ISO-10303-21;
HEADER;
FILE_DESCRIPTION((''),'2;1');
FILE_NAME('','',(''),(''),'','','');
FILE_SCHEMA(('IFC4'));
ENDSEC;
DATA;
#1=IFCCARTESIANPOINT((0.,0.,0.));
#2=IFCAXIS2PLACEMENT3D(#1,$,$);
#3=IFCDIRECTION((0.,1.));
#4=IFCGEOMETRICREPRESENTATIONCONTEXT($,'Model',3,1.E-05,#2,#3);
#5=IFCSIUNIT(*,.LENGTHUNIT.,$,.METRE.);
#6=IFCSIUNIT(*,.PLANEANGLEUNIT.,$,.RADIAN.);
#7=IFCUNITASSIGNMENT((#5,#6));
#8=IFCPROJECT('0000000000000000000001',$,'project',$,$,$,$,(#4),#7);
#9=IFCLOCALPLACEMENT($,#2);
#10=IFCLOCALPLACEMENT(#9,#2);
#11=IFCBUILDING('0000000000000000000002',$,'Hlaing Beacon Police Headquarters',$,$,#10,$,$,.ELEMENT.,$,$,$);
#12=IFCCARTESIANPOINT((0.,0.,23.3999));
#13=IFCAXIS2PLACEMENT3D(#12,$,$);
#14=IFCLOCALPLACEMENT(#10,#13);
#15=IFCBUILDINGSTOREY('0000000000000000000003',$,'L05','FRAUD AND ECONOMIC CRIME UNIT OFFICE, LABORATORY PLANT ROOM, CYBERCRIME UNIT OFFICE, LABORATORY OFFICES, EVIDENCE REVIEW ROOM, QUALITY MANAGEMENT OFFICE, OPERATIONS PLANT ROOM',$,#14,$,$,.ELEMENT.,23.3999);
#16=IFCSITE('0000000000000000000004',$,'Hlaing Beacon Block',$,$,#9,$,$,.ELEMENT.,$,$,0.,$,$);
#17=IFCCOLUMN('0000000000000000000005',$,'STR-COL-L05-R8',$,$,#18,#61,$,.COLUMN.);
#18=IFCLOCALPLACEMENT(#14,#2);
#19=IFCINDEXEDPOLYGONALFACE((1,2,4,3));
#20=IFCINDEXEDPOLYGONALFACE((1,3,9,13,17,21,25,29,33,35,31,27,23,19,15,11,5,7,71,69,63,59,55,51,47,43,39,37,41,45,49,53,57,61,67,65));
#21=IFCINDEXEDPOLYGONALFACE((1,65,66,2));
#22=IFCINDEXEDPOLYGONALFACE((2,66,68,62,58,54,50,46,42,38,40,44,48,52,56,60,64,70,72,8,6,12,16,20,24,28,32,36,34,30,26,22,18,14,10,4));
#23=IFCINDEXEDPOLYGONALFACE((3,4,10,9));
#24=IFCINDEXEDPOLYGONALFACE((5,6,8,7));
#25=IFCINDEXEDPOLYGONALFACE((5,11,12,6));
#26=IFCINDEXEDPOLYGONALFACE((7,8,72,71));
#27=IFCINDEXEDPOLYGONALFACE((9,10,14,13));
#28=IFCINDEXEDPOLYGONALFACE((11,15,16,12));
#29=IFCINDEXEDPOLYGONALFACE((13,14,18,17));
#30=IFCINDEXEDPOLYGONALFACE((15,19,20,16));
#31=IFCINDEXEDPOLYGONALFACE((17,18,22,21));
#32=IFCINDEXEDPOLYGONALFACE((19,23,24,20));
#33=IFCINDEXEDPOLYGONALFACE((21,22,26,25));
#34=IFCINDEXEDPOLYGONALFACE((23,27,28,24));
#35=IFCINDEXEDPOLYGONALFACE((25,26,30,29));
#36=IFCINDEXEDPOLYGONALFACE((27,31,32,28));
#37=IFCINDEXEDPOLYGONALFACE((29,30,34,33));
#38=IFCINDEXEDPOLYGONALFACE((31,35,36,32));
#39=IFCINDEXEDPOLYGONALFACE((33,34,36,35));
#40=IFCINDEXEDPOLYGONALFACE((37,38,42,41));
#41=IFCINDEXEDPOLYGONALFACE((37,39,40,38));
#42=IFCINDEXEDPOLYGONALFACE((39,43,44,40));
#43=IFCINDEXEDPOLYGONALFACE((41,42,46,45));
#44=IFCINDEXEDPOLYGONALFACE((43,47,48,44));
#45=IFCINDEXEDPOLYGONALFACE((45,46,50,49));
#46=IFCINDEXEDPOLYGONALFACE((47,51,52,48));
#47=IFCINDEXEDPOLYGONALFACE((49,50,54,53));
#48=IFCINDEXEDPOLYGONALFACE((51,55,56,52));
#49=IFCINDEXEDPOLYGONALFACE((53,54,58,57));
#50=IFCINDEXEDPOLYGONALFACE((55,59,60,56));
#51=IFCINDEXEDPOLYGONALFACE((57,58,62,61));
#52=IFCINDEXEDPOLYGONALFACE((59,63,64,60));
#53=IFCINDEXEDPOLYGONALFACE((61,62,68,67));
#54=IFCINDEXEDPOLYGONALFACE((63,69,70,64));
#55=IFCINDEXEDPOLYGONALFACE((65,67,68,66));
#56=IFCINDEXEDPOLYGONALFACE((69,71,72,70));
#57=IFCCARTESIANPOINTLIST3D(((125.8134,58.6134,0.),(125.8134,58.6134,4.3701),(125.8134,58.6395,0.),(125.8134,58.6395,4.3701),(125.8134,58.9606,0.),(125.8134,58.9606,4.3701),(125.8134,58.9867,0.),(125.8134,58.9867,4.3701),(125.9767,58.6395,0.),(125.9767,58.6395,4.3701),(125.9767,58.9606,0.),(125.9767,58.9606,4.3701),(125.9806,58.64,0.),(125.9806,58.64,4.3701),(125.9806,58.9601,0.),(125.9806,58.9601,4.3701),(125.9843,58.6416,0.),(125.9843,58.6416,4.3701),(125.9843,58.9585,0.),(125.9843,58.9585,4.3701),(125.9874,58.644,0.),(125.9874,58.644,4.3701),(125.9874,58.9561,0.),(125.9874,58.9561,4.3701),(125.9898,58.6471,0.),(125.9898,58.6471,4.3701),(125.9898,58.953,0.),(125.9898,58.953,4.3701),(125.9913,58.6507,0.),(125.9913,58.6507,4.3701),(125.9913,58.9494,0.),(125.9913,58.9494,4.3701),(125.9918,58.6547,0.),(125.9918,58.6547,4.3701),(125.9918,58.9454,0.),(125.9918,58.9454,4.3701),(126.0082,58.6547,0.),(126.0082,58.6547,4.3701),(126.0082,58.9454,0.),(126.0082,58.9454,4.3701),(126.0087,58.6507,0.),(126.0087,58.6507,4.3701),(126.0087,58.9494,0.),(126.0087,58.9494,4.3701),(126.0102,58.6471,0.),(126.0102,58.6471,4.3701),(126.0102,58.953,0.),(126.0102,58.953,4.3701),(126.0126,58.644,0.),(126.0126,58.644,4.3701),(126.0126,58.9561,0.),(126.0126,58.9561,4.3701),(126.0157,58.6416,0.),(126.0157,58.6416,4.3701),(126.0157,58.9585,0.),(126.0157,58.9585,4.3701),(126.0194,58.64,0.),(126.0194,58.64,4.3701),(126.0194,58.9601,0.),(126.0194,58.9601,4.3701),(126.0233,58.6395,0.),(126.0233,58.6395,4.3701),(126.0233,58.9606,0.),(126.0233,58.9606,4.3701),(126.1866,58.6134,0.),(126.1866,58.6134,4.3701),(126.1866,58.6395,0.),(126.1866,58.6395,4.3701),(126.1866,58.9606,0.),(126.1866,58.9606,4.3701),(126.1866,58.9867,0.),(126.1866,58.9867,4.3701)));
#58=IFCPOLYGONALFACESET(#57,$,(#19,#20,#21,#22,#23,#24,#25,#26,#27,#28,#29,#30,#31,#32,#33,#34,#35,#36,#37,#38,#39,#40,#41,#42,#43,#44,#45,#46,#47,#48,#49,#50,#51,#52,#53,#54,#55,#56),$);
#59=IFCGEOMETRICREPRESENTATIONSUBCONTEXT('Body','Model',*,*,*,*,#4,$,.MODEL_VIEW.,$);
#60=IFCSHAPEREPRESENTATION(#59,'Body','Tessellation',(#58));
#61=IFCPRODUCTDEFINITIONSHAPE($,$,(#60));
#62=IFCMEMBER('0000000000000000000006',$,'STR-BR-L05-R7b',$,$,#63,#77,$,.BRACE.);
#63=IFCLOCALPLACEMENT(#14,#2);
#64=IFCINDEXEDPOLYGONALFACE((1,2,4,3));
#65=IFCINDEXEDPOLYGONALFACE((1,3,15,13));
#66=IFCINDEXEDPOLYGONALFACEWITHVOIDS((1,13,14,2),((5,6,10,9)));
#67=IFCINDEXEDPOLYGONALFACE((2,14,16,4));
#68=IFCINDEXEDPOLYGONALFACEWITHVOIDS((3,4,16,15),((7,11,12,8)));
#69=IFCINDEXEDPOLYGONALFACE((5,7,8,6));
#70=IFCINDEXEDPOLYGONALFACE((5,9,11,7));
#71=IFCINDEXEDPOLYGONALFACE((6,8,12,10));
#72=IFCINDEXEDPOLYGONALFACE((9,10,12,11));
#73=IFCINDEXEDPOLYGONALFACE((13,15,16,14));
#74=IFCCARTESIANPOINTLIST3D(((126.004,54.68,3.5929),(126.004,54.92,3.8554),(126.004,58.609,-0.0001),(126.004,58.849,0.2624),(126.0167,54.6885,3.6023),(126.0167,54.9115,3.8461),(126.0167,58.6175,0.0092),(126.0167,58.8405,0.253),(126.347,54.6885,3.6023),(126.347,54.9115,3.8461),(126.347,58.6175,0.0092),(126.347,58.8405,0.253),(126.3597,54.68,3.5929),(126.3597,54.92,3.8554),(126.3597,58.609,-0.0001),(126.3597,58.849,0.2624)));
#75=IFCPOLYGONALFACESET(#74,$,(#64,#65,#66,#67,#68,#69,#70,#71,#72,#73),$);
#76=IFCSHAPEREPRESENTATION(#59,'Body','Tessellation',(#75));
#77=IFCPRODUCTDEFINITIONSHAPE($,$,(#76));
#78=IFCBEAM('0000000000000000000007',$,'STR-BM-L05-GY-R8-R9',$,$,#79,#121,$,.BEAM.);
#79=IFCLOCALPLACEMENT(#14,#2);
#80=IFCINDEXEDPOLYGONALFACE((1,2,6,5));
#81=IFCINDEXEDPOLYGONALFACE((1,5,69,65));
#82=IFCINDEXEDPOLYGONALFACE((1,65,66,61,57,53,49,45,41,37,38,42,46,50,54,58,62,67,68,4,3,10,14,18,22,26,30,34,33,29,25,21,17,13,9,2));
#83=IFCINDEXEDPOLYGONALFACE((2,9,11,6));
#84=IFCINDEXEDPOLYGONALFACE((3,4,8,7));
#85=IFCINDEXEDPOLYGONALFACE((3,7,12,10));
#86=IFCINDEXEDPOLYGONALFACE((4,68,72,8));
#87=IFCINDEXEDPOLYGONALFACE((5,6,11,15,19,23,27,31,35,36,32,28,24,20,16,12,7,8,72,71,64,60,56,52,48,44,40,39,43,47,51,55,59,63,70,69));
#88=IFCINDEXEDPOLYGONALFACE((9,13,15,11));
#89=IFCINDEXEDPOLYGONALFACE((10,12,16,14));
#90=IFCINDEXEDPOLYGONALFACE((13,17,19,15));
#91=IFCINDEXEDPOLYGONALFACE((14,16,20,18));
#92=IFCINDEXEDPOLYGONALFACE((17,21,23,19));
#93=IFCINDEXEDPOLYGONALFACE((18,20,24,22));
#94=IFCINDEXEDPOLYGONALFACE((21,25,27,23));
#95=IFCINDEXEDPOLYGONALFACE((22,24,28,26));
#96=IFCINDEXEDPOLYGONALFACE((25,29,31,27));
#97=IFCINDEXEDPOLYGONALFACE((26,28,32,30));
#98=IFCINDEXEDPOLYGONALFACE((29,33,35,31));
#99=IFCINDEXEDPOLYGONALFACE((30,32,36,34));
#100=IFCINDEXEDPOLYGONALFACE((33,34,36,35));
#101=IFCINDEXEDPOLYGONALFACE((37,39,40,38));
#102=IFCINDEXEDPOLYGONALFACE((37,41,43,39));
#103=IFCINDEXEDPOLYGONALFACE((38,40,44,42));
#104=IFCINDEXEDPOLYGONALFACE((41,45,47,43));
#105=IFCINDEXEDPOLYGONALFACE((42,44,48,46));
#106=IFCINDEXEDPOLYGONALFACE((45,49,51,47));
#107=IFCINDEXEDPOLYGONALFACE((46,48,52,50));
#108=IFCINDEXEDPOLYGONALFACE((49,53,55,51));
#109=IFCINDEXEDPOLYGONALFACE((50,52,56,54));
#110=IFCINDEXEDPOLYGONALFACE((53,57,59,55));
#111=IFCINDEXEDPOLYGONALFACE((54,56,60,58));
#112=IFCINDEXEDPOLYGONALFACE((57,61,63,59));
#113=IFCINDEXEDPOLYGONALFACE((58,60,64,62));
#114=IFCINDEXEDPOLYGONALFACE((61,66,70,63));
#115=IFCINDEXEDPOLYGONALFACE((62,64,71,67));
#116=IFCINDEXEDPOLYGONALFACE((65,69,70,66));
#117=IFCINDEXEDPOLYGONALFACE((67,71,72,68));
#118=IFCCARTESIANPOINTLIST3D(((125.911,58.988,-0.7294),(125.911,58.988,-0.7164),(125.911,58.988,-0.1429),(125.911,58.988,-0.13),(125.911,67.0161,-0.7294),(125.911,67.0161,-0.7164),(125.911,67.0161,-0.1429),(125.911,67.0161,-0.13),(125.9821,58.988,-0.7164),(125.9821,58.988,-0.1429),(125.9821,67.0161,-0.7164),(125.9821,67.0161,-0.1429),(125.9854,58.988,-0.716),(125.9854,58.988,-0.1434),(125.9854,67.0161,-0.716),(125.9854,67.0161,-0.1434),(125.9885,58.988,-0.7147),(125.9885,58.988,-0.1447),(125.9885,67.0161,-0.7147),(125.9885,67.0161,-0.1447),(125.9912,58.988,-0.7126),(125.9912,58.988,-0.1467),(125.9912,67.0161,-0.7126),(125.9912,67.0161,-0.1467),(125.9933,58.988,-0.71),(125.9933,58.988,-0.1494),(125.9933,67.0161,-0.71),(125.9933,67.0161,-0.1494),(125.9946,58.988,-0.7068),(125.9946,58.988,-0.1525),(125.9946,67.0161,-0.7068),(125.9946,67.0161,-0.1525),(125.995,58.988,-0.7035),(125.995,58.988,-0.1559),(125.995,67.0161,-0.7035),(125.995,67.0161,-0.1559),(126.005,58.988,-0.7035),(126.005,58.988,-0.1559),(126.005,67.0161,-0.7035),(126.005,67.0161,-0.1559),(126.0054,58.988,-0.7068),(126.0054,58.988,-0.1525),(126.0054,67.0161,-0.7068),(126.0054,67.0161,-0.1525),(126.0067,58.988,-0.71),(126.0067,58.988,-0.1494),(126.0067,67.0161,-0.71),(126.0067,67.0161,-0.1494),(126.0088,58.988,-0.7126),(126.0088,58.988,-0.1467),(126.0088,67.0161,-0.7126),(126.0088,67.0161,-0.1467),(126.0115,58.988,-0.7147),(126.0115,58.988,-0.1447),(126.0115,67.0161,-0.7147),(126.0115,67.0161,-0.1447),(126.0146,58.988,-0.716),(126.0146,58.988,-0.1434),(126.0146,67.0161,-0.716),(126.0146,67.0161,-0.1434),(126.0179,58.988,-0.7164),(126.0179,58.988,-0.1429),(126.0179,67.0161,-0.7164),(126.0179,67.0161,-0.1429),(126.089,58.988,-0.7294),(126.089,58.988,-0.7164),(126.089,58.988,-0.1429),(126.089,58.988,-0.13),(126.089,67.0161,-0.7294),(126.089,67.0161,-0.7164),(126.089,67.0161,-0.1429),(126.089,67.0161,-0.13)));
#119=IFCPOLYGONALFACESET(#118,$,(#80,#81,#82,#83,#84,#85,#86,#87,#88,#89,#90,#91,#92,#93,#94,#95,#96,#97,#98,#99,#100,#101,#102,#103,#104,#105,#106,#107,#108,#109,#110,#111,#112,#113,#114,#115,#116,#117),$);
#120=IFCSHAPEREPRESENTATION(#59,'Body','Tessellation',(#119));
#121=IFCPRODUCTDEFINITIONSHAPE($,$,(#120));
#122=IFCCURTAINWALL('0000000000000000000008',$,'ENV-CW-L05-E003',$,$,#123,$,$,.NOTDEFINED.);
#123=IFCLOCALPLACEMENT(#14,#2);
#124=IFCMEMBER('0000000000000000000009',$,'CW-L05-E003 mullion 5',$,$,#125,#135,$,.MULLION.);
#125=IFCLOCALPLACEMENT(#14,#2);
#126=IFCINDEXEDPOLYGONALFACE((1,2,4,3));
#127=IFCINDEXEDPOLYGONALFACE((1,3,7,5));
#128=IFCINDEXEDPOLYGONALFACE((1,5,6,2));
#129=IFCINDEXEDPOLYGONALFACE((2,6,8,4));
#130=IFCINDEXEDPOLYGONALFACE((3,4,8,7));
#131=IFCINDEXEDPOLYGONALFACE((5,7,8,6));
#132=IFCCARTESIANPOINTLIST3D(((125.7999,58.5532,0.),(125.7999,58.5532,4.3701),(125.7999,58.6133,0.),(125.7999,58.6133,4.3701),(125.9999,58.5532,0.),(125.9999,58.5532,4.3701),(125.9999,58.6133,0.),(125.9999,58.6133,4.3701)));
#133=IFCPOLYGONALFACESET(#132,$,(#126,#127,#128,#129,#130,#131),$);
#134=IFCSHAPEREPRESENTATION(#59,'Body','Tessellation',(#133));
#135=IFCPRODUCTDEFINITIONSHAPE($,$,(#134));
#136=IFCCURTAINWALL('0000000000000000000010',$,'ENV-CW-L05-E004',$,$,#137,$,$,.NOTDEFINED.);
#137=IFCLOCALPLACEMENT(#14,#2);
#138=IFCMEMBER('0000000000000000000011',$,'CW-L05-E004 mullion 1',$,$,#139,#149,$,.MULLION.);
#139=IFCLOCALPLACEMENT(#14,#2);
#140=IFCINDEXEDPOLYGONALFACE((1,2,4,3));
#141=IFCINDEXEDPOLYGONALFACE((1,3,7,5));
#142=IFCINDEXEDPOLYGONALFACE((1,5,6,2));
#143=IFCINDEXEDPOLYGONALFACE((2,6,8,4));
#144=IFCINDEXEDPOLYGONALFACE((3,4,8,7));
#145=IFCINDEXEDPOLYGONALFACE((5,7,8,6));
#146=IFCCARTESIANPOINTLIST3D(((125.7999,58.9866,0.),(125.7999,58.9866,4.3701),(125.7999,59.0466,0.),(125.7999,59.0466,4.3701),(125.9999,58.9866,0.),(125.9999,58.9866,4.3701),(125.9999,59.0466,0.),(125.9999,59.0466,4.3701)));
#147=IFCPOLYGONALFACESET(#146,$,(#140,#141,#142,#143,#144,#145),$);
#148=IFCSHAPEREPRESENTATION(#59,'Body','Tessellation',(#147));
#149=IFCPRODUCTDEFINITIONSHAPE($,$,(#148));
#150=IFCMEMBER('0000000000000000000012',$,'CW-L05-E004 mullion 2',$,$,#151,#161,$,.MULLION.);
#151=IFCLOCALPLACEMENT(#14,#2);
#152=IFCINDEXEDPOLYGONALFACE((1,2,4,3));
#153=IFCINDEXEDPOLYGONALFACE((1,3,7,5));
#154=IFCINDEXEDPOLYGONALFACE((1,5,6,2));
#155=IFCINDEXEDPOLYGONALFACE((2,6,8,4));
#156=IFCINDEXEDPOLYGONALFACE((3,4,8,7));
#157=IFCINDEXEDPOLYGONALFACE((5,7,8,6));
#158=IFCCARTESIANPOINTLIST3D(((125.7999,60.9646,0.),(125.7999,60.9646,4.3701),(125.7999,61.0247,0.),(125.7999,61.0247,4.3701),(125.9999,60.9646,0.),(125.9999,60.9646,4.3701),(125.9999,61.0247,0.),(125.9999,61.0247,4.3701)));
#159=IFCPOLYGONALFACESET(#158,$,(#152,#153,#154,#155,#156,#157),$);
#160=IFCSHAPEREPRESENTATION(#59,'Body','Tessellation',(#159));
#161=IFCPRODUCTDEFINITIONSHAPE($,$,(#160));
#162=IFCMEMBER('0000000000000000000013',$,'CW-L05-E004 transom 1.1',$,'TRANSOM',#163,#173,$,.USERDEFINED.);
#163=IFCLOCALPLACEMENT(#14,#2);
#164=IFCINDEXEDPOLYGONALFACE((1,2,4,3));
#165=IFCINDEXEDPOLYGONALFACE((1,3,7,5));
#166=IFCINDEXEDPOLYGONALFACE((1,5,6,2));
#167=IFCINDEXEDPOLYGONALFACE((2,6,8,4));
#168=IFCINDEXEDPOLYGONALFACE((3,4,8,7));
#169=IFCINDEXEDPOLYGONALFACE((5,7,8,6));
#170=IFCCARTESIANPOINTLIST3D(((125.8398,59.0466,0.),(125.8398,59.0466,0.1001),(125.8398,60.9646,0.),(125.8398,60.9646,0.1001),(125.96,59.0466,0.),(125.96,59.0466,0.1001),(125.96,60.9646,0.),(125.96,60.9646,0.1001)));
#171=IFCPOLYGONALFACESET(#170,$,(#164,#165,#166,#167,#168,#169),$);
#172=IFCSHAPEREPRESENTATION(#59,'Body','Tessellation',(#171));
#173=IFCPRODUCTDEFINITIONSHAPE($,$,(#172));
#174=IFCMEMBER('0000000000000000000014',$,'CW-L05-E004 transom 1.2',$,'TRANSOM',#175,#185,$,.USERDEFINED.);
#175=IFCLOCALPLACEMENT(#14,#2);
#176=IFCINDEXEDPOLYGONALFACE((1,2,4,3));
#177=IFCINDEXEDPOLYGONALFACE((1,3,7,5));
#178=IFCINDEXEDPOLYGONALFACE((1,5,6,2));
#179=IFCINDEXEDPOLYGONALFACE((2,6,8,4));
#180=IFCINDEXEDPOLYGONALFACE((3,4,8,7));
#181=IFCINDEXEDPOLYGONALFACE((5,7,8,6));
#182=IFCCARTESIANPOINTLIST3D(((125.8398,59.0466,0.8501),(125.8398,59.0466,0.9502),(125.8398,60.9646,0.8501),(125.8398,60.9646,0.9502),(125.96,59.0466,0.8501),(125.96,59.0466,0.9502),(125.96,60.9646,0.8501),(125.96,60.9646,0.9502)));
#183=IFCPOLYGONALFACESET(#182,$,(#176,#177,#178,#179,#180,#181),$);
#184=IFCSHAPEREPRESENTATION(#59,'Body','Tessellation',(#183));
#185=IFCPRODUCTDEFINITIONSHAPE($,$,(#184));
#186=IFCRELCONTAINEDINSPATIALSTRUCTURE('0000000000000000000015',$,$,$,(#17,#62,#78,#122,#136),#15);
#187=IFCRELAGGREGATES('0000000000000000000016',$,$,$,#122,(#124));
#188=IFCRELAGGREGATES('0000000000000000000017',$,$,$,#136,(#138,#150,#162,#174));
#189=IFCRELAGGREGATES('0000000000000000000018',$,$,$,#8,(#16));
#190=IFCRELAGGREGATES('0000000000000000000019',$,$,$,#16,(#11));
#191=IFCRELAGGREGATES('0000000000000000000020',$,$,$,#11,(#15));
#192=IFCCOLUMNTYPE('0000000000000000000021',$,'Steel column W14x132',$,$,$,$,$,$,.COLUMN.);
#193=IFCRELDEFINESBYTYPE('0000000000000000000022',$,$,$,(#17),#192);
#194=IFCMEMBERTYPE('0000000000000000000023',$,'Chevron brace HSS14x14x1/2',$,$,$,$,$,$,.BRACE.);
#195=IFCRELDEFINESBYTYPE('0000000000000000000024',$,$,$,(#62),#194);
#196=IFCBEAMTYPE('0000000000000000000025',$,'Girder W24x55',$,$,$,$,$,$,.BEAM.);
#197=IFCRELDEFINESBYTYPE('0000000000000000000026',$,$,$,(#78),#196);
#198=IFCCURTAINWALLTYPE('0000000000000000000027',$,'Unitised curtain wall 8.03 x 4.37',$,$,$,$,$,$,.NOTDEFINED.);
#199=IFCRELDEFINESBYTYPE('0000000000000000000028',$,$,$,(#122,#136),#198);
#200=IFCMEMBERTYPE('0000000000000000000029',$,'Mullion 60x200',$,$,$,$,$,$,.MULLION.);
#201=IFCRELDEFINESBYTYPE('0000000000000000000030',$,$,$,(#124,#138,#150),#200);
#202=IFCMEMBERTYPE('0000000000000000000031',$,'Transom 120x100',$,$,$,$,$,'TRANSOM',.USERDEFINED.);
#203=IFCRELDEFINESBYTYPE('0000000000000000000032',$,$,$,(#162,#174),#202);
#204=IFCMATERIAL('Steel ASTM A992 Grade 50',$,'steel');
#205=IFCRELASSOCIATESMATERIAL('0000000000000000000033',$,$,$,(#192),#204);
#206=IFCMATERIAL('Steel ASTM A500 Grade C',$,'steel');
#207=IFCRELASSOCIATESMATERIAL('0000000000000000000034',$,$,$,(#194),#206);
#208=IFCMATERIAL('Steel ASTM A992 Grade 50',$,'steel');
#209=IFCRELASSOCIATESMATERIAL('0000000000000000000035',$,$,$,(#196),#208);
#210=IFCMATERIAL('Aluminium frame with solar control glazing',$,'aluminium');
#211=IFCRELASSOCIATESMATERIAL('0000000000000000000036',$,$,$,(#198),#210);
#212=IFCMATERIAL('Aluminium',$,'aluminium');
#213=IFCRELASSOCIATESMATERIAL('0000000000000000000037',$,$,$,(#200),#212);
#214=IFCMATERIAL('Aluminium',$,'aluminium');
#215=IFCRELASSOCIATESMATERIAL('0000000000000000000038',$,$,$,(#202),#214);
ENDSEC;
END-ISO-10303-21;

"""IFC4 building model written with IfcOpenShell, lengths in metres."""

from ifc_helpers import new_model, si_unit, direction, frame, origin, origin_2d, place, context, subcontext, project, spatial, rectangle, hollow_rectangle, i_section, extrude, material, material_profile, profile_set, type_object, element, aggregate, save


model = new_model("IFC4")

# Units and contexts
model_context = context("Model", 3, precision=1e-05, world=origin(), true_north=direction((0.0, 1.0)))
body_context = subcontext(model_context, "Body", "Model", "MODEL_VIEW")
ifc_project = project(units=[si_unit("LENGTHUNIT", "METRE"), si_unit("PLANEANGLEUNIT", "RADIAN")], contexts=[model_context])

# Site, building, storey
site_placement = place(None, origin())
site = spatial("IfcSite", under=ifc_project, at=site_placement, Name="Hlaing Beacon Block", CompositionType="ELEMENT", RefElevation=0.0)
building_placement = place(site_placement, origin())
building = spatial("IfcBuilding", under=site, at=building_placement, Name="Hlaing Beacon Police Headquarters", CompositionType="ELEMENT")
storey_placement = place(building_placement, frame((0.0, 0.0, 23.3999)))
storey = spatial("IfcBuildingStorey", under=building, at=storey_placement, Name="L05", Description="FRAUD AND ECONOMIC CRIME UNIT OFFICE, LABORATORY PLANT ROOM, CYBERCRIME UNIT OFFICE, LABORATORY OFFICES, EVIDENCE REVIEW ROOM, QUALITY MANAGEMENT OFFICE, OPERATIONS PLANT ROOM", CompositionType="ELEMENT", Elevation=23.3999)

# Column
ifc_material_1 = material(Name="Steel ASTM A992 Grade 50", Category="steel")
ifc_material_profile_1 = material_profile(ifc_material_1, i_section(OverallWidth=0.3733, OverallDepth=0.3733, WebThickness=0.0164, FlangeThickness=0.0261, FilletRadius=0.0151, at=origin_2d()), Name="W14x132")
ifc_profile_set_1 = profile_set([ifc_material_profile_1], Name="Steel ASTM A992 Grade 50")
column_type = type_object("IfcColumnType", Name="Steel column W14x132", PredefinedType="COLUMN", material=ifc_profile_set_1)
column_placement = place(storey_placement, frame((126.0, 58.8, 0.0), z_axis=(0.0, 0.0, 1.0), x_axis=(1.0, 0.0, 0.0)))
element("IfcColumn", 1, at=column_placement, inside=storey, type_object=column_type, Name="STR-COL-L05-R8", PredefinedType="COLUMN", context=body_context, shape_type="SweptSolid", body=[
    extrude(i_section(OverallWidth=0.3733, OverallDepth=0.3733, WebThickness=0.0164, FlangeThickness=0.0261, FilletRadius=0.0151, at=origin_2d()), origin(), (0.0, 0.0, 1.0), 4.3701),
])

# Member
ifc_material_2 = material(Name="Steel ASTM A500 Grade C", Category="steel")
ifc_material_profile_2 = material_profile(ifc_material_2, hollow_rectangle(XDim=0.3557, YDim=0.3557, WallThickness=0.0127, at=origin_2d()), Name="HSS14x14x1/2")
ifc_profile_set_2 = profile_set([ifc_material_profile_2], Name="Steel ASTM A500 Grade C")
member_type_1 = type_object("IfcMemberType", Name="Chevron brace HSS14x14x1/2", PredefinedType="BRACE", material=ifc_profile_set_2)
member_1_placement = place(storey_placement, frame((126.1819, 58.729, 0.1311), z_axis=(0.0, -0.737951, 0.674854), x_axis=(1.0, 0.0, 0.0)))
element("IfcMember", 2, at=member_1_placement, inside=storey, type_object=member_type_1, Name="STR-BR-L05-R7b", PredefinedType="BRACE", context=body_context, shape_type="SweptSolid", body=[
    extrude(hollow_rectangle(XDim=0.3557, YDim=0.3557, WallThickness=0.0127, at=origin_2d()), origin(), (0.0, 0.0, 1.0), 5.3242),
])

# Beam
ifc_material_3 = material(Name="Steel ASTM A992 Grade 50", Category="steel")
ifc_material_profile_3 = material_profile(ifc_material_3, i_section(OverallWidth=0.178, OverallDepth=0.5994, WebThickness=0.01, FlangeThickness=0.0129, FilletRadius=0.0129, at=origin_2d()), Name="W24x55")
ifc_profile_set_3 = profile_set([ifc_material_profile_3], Name="Steel ASTM A992 Grade 50")
beam_type = type_object("IfcBeamType", Name="Girder W24x55", PredefinedType="BEAM", material=ifc_profile_set_3)
beam_placement = place(storey_placement, frame((126.0, 58.988, -0.4297), z_axis=(0.0, 1.0, 0.0), x_axis=(-1.0, 0.0, 0.0)))
element("IfcBeam", 3, at=beam_placement, inside=storey, type_object=beam_type, Name="STR-BM-L05-GY-R8-R9", PredefinedType="BEAM", context=body_context, shape_type="SweptSolid", body=[
    extrude(i_section(OverallWidth=0.178, OverallDepth=0.5994, WebThickness=0.01, FlangeThickness=0.0129, FilletRadius=0.0129, at=origin_2d()), origin(), (0.0, 0.0, 1.0), 8.0281),
])

# Curtain wall, member
ifc_material_4 = material(Name="Aluminium frame with solar control glazing", Category="aluminium")
curtain_wall_type = type_object("IfcCurtainWallType", Name="Unitised curtain wall 8.03 x 4.37", PredefinedType="NOTDEFINED", material=ifc_material_4)
curtain_wall_1_placement = place(storey_placement, origin())
curtain_wall_1 = element("IfcCurtainWall", 4, at=curtain_wall_1_placement, inside=storey, type_object=curtain_wall_type, Name="ENV-CW-L05-E003", PredefinedType="NOTDEFINED")
ifc_material_5 = material(Name="Aluminium", Category="aluminium")
ifc_material_profile_4 = material_profile(ifc_material_5, rectangle(XDim=0.2, YDim=0.0601, at=origin_2d()), Name="Mullion 60x200")
ifc_profile_set_4 = profile_set([ifc_material_profile_4], Name="Aluminium")
member_type_2 = type_object("IfcMemberType", Name="Mullion 60x200", PredefinedType="MULLION", material=ifc_profile_set_4)
member_2_placement = place(storey_placement, frame((125.8999, 58.5833, 0.0), z_axis=(0.0, 0.0, 1.0), x_axis=(-1.0, 0.0, 0.0)))
member_2 = element("IfcMember", 5, at=member_2_placement, type_object=member_type_2, Name="CW-L05-E003 mullion 5", PredefinedType="MULLION", context=body_context, shape_type="SweptSolid", body=[
    extrude(rectangle(XDim=0.2, YDim=0.0601, at=origin_2d()), origin(), (0.0, 0.0, 1.0), 4.3701),
])

# Curtain wall, members
curtain_wall_2_placement = place(storey_placement, origin())
curtain_wall_2 = element("IfcCurtainWall", 6, at=curtain_wall_2_placement, inside=storey, type_object=curtain_wall_type, Name="ENV-CW-L05-E004", PredefinedType="NOTDEFINED")
member_3_placement = place(storey_placement, frame((125.8999, 59.0166, 0.0), z_axis=(0.0, 0.0, 1.0), x_axis=(-1.0, 0.0, 0.0)))
member_3 = element("IfcMember", 7, at=member_3_placement, type_object=member_type_2, Name="CW-L05-E004 mullion 1", PredefinedType="MULLION", context=body_context, shape_type="SweptSolid", body=[
    extrude(rectangle(XDim=0.2, YDim=0.0601, at=origin_2d()), origin(), (0.0, 0.0, 1.0), 4.3701),
])
member_4_placement = place(storey_placement, frame((125.8999, 60.9946, 0.0), z_axis=(0.0, 0.0, 1.0), x_axis=(-1.0, 0.0, 0.0)))
member_4 = element("IfcMember", 8, at=member_4_placement, type_object=member_type_2, Name="CW-L05-E004 mullion 2", PredefinedType="MULLION", context=body_context, shape_type="SweptSolid", body=[
    extrude(rectangle(XDim=0.2, YDim=0.0601, at=origin_2d()), origin(), (0.0, 0.0, 1.0), 4.3701),
])
ifc_material_6 = material(Name="Aluminium", Category="aluminium")
ifc_material_profile_5 = material_profile(ifc_material_6, rectangle(XDim=0.1201, YDim=0.1001, at=origin_2d()), Name="Transom 120x100")
ifc_profile_set_5 = profile_set([ifc_material_profile_5], Name="Aluminium")
member_type_3 = type_object("IfcMemberType", Name="Transom 120x100", ElementType="TRANSOM", PredefinedType="USERDEFINED", material=ifc_profile_set_5)
member_5_placement = place(storey_placement, frame((125.8999, 59.0466, 0.05), z_axis=(0.0, 1.0, 0.0), x_axis=(-1.0, 0.0, 0.0)))
member_5 = element("IfcMember", 9, at=member_5_placement, type_object=member_type_3, Name="CW-L05-E004 transom 1.1", ObjectType="TRANSOM", PredefinedType="USERDEFINED", context=body_context, shape_type="SweptSolid", body=[
    extrude(rectangle(XDim=0.1201, YDim=0.1001, at=origin_2d()), origin(), (0.0, 0.0, 1.0), 1.918),
])
member_6_placement = place(storey_placement, frame((125.8999, 59.0466, 0.9001), z_axis=(0.0, 1.0, 0.0), x_axis=(-1.0, 0.0, 0.0)))
member_6 = element("IfcMember", 10, at=member_6_placement, type_object=member_type_3, Name="CW-L05-E004 transom 1.2", ObjectType="TRANSOM", PredefinedType="USERDEFINED", context=body_context, shape_type="SweptSolid", body=[
    extrude(rectangle(XDim=0.1201, YDim=0.1001, at=origin_2d()), origin(), (0.0, 0.0, 1.0), 1.918),
])

aggregate(curtain_wall_1, [member_2])
aggregate(curtain_wall_2, [member_3, member_4, member_5, member_6])

save(model, "model.ifc")
